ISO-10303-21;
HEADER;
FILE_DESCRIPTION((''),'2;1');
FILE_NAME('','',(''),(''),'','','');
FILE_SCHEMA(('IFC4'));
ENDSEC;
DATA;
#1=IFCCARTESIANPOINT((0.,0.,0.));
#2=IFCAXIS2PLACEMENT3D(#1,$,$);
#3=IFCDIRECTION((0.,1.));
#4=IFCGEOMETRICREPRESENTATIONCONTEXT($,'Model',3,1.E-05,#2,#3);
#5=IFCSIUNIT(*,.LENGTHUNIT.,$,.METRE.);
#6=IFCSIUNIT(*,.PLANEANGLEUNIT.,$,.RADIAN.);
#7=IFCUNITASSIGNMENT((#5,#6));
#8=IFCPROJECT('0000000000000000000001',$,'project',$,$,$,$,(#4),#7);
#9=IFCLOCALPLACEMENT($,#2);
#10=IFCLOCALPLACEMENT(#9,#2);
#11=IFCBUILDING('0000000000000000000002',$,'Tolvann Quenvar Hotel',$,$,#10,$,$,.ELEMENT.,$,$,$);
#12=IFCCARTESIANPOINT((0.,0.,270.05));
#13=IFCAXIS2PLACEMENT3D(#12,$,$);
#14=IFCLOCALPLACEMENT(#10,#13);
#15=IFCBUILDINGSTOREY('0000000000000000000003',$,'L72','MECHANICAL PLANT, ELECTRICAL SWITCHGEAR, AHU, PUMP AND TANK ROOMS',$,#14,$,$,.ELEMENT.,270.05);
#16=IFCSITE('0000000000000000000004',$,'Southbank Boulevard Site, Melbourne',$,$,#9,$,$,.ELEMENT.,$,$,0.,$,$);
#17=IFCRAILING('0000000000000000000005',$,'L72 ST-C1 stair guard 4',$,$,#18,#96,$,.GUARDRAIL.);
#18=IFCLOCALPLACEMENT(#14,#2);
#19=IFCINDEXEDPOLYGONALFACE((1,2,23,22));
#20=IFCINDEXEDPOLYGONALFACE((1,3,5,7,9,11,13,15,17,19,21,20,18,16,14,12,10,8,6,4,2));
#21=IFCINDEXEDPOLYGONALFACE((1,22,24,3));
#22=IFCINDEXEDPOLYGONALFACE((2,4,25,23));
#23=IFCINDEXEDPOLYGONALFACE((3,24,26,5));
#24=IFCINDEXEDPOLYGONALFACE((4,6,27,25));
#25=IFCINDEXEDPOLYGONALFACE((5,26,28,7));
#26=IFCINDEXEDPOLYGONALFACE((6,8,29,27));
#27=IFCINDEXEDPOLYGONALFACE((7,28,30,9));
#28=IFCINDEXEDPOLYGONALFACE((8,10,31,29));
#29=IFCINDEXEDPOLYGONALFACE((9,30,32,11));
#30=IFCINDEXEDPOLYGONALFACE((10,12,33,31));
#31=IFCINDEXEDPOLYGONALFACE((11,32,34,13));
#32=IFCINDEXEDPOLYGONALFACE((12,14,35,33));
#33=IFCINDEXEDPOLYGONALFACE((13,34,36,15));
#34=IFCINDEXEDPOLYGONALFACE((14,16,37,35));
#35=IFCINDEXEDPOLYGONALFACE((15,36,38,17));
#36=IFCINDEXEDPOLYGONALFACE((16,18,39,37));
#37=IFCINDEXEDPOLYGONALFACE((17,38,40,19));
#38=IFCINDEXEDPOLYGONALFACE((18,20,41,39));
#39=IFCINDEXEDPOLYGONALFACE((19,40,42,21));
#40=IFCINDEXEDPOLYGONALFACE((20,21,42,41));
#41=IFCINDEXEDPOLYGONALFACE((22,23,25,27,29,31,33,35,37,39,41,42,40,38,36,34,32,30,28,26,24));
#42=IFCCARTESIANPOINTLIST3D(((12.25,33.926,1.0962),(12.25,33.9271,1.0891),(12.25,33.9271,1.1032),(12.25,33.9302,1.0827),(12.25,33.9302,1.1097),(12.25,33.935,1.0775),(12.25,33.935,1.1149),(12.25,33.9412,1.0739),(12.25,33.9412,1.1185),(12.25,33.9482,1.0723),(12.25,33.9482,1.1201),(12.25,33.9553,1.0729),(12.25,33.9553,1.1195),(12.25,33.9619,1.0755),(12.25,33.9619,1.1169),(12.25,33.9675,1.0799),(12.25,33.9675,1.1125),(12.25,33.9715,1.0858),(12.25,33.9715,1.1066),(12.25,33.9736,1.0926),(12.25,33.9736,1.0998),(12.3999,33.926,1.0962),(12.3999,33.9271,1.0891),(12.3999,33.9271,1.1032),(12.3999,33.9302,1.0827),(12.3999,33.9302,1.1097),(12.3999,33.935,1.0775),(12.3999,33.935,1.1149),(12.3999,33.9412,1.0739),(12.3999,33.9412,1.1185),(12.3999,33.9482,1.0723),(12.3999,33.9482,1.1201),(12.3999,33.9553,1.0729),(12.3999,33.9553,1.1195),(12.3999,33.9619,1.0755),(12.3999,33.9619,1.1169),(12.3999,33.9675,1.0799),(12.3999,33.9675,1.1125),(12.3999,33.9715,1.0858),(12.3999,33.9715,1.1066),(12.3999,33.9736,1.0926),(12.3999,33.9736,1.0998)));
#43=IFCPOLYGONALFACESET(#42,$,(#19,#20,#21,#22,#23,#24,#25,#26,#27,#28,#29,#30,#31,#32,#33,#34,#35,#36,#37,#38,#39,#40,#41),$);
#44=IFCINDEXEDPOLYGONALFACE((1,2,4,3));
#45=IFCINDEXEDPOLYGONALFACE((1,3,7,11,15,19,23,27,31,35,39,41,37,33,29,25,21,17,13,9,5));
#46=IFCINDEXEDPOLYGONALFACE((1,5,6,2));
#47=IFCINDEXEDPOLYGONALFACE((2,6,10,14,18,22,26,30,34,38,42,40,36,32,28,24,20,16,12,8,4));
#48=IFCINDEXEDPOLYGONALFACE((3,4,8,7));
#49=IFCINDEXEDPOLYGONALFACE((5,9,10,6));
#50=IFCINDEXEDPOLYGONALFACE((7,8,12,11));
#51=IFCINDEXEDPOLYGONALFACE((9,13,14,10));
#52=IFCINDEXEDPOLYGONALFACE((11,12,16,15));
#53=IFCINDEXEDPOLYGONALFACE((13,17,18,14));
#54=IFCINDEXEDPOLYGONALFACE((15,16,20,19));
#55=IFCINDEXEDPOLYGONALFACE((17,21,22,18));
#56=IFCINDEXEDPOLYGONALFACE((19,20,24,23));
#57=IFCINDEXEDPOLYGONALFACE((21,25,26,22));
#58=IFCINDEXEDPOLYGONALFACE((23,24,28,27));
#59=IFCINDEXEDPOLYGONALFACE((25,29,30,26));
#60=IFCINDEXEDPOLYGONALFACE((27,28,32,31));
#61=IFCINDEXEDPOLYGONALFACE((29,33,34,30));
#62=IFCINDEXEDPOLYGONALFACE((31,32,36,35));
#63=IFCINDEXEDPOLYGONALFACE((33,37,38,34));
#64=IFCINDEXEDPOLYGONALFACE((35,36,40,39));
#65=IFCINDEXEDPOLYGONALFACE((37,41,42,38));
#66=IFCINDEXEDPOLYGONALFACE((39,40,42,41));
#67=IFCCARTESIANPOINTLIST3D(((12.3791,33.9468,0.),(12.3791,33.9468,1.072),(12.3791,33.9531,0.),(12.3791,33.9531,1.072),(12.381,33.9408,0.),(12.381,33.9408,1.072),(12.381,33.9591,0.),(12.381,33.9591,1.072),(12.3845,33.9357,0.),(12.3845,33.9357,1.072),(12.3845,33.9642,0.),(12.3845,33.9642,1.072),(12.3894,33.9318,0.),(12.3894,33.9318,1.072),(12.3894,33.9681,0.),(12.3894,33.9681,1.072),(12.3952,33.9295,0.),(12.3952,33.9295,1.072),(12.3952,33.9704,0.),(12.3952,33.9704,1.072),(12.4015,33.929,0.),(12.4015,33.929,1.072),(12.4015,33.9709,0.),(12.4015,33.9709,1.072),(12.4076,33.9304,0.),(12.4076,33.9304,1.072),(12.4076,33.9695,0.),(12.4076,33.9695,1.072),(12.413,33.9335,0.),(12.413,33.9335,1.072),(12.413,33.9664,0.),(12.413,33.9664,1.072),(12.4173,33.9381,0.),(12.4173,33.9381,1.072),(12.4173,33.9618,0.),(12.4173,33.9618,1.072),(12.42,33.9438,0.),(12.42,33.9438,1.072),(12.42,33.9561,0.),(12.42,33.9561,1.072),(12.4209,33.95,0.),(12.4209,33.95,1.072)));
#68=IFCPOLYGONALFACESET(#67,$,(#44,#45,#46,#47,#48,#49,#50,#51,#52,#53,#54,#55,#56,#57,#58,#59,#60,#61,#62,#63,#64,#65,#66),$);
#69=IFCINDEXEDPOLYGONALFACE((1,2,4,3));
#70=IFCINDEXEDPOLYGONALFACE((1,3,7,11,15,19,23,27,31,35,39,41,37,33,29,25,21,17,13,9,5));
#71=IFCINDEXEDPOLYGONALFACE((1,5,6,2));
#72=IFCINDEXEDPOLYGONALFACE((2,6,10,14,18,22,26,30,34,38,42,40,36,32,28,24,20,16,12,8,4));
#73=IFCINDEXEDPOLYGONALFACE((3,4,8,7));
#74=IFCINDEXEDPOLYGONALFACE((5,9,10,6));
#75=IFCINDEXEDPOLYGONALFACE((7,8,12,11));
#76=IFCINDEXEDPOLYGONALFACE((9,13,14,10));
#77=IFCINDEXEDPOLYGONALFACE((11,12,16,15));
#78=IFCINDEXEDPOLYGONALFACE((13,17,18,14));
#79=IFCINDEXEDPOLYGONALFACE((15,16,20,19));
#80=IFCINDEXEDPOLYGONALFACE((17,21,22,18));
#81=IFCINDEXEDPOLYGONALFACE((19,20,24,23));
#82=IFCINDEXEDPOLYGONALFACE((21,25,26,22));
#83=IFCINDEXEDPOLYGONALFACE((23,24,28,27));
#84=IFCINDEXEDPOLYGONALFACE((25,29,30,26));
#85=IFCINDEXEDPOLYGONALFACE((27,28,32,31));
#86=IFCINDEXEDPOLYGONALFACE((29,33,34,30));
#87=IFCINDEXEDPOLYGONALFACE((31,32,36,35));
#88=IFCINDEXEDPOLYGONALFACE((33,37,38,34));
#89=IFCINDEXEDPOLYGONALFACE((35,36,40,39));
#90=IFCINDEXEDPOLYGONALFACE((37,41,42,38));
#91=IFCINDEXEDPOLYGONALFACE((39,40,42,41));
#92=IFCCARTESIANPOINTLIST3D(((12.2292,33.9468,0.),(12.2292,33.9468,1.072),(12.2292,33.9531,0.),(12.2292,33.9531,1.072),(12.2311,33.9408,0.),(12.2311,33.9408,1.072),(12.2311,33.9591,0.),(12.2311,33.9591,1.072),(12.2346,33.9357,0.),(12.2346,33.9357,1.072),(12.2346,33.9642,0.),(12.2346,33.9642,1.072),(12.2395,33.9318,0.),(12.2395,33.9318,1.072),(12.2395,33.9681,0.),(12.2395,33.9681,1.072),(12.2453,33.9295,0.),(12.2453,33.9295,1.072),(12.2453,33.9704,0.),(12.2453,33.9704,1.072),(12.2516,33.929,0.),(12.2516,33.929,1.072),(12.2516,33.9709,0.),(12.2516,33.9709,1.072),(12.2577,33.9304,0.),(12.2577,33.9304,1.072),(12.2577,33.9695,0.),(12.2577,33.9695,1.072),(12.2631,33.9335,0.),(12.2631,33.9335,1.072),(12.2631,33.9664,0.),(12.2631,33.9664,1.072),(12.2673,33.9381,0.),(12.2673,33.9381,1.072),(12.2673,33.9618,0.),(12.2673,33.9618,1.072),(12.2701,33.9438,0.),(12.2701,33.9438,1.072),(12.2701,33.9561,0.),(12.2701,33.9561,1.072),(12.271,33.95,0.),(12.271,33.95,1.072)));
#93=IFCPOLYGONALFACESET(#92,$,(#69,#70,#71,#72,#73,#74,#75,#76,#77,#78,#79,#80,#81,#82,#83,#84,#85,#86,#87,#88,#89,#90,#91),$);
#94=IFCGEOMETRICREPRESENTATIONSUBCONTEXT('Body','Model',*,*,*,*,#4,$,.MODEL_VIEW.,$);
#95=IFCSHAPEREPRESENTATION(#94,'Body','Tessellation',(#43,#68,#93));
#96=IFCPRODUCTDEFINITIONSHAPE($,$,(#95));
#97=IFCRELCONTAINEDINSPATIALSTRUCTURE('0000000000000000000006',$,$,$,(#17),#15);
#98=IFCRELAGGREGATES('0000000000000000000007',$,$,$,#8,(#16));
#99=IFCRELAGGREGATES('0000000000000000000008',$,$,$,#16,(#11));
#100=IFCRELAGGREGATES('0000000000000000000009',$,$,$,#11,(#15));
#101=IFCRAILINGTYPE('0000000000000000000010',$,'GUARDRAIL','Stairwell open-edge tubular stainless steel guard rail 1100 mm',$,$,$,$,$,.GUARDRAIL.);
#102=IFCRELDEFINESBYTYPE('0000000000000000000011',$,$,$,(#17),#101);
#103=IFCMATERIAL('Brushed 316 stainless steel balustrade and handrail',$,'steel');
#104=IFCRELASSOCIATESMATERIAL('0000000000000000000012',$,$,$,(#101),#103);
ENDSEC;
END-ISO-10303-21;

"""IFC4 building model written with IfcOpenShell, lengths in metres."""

from ifc_helpers import new_model, si_unit, direction, frame, origin, origin_2d, place, context, subcontext, project, spatial, circle, extrude, material, type_object, element, save


model = new_model("IFC4")

# Units and contexts
model_context = context("Model", 3, precision=1e-05, world=origin(), true_north=direction((0.0, 1.0)))
body_context = subcontext(model_context, "Body", "Model", "MODEL_VIEW")
ifc_project = project(units=[si_unit("LENGTHUNIT", "METRE"), si_unit("PLANEANGLEUNIT", "RADIAN")], contexts=[model_context])

# Site, building, storey
site_placement = place(None, origin())
site = spatial("IfcSite", under=ifc_project, at=site_placement, Name="Southbank Boulevard Site, Melbourne", CompositionType="ELEMENT", RefElevation=0.0)
building_placement = place(site_placement, origin())
building = spatial("IfcBuilding", under=site, at=building_placement, Name="Tolvann Quenvar Hotel", CompositionType="ELEMENT")
storey_placement = place(building_placement, frame((0.0, 0.0, 270.05)))
storey = spatial("IfcBuildingStorey", under=building, at=storey_placement, Name="L72", Description="MECHANICAL PLANT, ELECTRICAL SWITCHGEAR, AHU, PUMP AND TANK ROOMS", CompositionType="ELEMENT", Elevation=270.05)

# Railing
ifc_material_1 = material(Name="Brushed 316 stainless steel balustrade and handrail", Category="steel")
railing_type_1 = type_object("IfcRailingType", Name="GUARDRAIL", Description="Stairwell open-edge tubular stainless steel guard rail 1100 mm", PredefinedType="GUARDRAIL", material=ifc_material_1)
railing_1_placement = place(storey_placement, frame((12.3999, 33.95, 0.0)))
element("IfcRailing", 1, at=railing_1_placement, inside=storey, type_object=railing_type_1, Name="L72 ST-C1 stair guard 4", PredefinedType="GUARDRAIL", context=body_context, shape_type="SweptSolid", body=[
    extrude(circle(Radius=0.0239, at=origin_2d()), frame((0.0, 0.0, 1.0962), z_axis=(-1.0, 0.0, 0.0), x_axis=(0.0, -1.0, 0.0)), (0.0, 0.0, 1.0), 0.1499),
    extrude(circle(Radius=0.021, at=origin_2d()), origin(), (0.0, 0.0, 1.0), 1.072),
    extrude(circle(Radius=0.021, at=origin_2d()), frame((-0.1499, 0.0, 0.0)), (0.0, 0.0, 1.0), 1.072),
])

save(model, "model.ifc")
